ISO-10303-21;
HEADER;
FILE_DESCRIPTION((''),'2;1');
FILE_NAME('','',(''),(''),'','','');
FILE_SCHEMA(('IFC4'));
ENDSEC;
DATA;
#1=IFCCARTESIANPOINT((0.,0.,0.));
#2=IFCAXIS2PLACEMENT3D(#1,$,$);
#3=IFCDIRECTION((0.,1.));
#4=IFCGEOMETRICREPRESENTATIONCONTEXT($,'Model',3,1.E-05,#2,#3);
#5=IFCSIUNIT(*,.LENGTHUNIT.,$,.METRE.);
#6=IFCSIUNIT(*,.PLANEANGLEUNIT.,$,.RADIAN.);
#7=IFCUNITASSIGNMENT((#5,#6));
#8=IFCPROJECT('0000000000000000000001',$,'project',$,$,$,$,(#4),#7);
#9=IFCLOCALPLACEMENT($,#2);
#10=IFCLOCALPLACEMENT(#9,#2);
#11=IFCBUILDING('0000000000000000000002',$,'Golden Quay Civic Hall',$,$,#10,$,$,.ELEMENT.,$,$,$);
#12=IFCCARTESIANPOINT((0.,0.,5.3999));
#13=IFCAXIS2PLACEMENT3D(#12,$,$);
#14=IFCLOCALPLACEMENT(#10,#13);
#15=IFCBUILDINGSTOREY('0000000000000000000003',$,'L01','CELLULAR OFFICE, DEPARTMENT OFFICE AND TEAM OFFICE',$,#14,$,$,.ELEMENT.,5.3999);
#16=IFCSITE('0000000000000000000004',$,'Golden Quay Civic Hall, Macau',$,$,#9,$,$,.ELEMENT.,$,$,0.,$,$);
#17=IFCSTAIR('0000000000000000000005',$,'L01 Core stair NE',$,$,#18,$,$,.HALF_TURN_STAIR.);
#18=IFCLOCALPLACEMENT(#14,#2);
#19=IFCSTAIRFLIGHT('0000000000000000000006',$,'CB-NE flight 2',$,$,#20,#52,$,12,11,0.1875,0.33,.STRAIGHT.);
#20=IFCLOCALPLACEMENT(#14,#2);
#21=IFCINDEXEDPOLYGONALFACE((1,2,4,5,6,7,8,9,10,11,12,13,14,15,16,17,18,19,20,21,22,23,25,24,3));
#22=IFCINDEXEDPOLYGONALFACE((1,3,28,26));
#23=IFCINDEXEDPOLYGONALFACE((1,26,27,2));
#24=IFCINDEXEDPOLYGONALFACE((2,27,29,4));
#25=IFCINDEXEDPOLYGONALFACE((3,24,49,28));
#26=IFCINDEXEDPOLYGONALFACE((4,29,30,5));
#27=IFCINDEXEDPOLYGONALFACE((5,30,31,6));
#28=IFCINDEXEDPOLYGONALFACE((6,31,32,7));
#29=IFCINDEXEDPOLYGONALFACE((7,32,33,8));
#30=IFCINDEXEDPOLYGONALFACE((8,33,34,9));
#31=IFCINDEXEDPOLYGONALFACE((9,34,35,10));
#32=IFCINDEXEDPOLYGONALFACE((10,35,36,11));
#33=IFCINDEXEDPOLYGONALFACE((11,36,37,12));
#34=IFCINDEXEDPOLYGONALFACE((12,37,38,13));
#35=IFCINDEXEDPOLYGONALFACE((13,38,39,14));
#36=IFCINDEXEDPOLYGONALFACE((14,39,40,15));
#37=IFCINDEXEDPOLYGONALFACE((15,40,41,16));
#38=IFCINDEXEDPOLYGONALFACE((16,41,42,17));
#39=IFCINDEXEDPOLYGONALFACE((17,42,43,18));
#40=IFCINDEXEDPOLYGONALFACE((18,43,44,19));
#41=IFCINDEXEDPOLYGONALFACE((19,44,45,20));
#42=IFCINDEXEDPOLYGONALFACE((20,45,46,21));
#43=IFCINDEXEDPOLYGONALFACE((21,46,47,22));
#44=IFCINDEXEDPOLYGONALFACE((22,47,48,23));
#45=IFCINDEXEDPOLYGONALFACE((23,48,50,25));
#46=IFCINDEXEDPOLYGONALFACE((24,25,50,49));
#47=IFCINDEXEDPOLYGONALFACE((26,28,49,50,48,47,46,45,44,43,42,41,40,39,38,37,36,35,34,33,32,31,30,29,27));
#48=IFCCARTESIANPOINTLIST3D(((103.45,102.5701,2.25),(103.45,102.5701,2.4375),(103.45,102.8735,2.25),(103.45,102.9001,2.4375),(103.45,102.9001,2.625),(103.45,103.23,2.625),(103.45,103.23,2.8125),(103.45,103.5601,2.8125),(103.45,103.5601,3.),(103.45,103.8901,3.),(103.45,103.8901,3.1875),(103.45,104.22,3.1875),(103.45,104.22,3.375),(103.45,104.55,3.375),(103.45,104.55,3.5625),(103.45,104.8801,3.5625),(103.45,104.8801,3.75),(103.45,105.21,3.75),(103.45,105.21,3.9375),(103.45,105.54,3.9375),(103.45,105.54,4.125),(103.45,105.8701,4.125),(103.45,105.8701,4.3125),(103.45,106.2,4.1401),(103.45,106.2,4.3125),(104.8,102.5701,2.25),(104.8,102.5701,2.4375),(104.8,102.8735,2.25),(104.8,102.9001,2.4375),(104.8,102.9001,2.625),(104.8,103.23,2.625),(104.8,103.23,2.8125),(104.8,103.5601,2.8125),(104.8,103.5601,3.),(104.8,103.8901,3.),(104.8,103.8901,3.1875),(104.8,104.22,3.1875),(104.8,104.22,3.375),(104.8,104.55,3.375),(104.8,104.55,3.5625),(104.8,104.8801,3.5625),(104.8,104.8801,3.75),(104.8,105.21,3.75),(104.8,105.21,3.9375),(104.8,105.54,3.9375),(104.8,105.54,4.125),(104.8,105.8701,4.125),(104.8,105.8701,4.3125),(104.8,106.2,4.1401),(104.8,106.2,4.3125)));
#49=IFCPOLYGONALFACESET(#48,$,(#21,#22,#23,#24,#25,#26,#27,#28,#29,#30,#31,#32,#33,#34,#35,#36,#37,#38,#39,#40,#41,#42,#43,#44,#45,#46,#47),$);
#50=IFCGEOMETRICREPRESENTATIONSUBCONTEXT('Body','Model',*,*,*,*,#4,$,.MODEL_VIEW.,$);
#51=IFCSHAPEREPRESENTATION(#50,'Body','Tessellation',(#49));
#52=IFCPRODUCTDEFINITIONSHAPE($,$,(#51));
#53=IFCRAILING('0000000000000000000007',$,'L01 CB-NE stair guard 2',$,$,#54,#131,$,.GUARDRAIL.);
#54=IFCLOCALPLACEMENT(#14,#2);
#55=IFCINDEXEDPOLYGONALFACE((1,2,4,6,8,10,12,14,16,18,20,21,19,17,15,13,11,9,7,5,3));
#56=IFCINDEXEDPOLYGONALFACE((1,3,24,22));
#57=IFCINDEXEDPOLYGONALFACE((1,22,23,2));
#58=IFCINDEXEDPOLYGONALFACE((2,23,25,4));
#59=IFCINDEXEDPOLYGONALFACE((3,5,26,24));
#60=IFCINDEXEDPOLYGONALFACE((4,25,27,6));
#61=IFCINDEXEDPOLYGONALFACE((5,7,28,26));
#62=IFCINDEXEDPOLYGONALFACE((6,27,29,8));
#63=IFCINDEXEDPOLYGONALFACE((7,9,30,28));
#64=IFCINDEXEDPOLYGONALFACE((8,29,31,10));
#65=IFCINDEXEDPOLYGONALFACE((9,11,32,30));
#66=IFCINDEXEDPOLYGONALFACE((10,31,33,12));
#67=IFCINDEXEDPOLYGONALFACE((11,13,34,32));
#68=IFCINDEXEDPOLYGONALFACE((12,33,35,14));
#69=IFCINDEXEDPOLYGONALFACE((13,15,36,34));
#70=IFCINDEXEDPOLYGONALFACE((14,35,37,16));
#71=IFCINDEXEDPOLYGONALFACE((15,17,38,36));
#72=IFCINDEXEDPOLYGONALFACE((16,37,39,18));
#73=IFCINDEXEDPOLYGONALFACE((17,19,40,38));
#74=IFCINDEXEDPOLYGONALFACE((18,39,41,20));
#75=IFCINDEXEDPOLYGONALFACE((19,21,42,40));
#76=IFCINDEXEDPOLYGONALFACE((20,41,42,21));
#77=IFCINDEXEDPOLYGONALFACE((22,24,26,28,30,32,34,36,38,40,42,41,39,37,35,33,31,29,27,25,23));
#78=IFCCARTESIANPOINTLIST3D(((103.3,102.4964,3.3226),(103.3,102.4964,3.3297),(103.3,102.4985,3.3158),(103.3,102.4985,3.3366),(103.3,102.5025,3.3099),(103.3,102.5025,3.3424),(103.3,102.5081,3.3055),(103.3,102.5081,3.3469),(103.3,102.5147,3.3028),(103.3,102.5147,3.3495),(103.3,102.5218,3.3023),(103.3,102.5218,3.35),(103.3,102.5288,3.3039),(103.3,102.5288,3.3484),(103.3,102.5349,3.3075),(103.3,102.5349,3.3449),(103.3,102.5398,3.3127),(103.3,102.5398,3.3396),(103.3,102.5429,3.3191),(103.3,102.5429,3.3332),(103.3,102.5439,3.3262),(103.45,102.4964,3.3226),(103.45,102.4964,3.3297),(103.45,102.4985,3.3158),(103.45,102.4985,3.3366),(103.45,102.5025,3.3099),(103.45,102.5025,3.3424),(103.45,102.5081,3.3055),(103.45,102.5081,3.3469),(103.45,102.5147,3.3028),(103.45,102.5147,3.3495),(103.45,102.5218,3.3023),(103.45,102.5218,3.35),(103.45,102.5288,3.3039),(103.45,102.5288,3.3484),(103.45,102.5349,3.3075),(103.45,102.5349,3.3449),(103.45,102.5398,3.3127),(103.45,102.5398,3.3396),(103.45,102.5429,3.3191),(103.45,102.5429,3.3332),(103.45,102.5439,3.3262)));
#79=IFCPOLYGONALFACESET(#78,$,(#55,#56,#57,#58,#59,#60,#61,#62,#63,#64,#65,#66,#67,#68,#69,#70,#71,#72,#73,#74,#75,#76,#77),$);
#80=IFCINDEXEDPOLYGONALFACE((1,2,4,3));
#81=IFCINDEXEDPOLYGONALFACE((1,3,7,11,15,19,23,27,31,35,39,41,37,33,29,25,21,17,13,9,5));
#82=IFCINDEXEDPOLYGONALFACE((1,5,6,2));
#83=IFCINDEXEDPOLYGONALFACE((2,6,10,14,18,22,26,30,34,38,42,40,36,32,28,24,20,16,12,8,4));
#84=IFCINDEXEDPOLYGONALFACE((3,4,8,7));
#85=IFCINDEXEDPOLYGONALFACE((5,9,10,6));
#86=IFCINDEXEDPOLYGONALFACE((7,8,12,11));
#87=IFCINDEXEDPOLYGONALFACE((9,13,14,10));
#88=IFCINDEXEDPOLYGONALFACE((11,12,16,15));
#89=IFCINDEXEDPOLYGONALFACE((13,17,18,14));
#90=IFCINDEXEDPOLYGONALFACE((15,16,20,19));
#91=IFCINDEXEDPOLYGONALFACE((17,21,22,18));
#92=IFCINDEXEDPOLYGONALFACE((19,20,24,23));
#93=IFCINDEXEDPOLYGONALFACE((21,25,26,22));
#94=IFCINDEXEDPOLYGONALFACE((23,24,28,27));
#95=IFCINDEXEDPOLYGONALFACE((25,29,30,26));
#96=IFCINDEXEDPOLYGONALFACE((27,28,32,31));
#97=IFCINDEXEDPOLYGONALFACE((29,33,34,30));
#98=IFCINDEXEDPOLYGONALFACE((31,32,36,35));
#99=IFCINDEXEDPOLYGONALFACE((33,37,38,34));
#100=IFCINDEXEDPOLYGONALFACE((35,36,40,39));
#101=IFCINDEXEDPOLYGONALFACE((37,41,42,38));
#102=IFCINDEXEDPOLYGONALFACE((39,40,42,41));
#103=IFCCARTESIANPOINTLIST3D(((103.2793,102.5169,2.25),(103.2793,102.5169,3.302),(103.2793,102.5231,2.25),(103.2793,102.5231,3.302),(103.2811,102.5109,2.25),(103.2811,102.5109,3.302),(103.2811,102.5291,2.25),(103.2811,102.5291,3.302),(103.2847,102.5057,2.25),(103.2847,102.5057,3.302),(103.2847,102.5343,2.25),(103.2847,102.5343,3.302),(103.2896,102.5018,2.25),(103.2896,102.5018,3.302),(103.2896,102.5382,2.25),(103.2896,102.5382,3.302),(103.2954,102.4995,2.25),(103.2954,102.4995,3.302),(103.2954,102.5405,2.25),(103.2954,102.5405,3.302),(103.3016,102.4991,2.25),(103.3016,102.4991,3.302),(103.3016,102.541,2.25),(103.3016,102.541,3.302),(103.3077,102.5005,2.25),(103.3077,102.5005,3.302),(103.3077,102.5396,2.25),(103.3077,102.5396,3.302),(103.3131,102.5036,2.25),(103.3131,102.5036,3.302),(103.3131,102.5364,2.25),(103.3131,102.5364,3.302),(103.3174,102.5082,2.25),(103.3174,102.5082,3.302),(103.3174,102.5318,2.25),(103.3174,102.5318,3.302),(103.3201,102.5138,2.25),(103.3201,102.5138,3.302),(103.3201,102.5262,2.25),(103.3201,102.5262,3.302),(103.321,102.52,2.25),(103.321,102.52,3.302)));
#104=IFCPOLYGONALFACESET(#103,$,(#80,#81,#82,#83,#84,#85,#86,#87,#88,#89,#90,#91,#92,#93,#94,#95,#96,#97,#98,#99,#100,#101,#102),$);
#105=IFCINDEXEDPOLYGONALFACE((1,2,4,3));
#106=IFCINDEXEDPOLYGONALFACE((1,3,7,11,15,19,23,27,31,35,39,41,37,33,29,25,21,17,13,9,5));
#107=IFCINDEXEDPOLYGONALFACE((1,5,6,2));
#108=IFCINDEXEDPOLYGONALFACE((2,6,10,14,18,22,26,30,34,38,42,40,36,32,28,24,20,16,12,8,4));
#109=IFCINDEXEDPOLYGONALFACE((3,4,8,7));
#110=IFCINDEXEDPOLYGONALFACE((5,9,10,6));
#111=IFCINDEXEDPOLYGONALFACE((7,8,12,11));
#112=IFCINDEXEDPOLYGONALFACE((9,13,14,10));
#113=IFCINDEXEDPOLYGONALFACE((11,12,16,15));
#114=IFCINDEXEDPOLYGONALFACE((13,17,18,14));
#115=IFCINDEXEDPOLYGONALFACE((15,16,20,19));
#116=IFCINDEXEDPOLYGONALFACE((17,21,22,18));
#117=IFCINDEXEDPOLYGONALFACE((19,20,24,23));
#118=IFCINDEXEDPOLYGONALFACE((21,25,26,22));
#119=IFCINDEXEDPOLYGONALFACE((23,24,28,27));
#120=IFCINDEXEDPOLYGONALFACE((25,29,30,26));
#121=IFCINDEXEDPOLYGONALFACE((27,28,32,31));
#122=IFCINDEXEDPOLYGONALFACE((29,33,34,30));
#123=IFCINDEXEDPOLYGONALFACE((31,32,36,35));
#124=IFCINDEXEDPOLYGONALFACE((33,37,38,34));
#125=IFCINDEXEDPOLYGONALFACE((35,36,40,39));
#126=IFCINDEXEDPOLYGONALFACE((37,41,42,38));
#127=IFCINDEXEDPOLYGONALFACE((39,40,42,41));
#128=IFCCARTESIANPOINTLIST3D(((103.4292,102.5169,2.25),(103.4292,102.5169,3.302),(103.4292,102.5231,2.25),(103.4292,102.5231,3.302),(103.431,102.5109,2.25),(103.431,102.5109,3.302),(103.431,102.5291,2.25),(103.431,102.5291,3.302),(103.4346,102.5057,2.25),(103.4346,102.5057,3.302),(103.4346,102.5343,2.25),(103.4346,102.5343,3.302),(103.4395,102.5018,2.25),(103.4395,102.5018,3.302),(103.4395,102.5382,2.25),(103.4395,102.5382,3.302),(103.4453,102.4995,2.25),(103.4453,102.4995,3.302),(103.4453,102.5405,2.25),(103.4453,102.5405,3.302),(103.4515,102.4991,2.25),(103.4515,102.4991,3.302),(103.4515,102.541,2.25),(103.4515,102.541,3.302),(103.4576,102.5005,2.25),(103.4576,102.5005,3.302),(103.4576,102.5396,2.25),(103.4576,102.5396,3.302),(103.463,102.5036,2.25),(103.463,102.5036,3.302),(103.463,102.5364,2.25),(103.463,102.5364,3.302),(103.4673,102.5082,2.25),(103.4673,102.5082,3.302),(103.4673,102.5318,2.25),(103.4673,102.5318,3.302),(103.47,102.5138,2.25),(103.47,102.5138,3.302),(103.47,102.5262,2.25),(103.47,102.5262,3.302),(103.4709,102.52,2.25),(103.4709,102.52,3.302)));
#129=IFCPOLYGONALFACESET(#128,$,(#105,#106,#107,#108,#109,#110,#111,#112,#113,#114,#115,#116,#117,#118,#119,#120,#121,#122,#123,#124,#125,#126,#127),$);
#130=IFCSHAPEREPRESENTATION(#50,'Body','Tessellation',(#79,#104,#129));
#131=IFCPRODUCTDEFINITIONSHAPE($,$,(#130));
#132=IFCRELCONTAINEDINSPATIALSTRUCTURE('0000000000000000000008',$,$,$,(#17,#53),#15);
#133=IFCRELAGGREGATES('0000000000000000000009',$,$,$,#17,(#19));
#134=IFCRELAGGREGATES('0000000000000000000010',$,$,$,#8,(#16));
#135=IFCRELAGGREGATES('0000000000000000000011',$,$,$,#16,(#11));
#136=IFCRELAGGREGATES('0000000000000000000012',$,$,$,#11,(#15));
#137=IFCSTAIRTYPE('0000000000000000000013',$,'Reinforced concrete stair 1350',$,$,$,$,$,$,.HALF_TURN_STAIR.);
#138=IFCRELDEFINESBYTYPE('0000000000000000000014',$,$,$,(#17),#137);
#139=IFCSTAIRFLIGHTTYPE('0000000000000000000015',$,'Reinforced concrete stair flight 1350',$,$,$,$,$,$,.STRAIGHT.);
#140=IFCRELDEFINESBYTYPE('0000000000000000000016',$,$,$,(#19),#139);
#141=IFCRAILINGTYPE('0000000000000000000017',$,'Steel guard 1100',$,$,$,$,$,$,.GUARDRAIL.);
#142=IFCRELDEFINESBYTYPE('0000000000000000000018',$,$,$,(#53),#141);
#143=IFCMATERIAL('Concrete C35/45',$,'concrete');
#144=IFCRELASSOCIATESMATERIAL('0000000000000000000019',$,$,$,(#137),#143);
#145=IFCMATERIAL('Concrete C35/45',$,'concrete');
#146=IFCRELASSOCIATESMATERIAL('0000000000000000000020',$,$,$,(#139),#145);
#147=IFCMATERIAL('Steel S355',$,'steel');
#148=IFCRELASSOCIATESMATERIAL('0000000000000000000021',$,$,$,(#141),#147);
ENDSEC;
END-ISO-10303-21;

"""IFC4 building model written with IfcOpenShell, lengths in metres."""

from ifc_helpers import new_model, si_unit, direction, frame, origin, origin_2d, place, context, subcontext, project, spatial, polyline, circle, outline, extrude, material, type_object, element, aggregate, save


model = new_model("IFC4")

# Units and contexts
model_context = context("Model", 3, precision=1e-05, world=origin(), true_north=direction((0.0, 1.0)))
body_context = subcontext(model_context, "Body", "Model", "MODEL_VIEW")
ifc_project = project(units=[si_unit("LENGTHUNIT", "METRE"), si_unit("PLANEANGLEUNIT", "RADIAN")], contexts=[model_context])

# Site, building, storey
site_placement = place(None, origin())
site = spatial("IfcSite", under=ifc_project, at=site_placement, Name="Golden Quay Civic Hall, Macau", CompositionType="ELEMENT", RefElevation=0.0)
building_placement = place(site_placement, origin())
building = spatial("IfcBuilding", under=site, at=building_placement, Name="Golden Quay Civic Hall", CompositionType="ELEMENT")
storey_placement = place(building_placement, frame((0.0, 0.0, 5.3999)))
storey = spatial("IfcBuildingStorey", under=building, at=storey_placement, Name="L01", Description="CELLULAR OFFICE, DEPARTMENT OFFICE AND TEAM OFFICE", CompositionType="ELEMENT", Elevation=5.3999)

# Stair, stair flight
ifc_material_1 = material(Name="Concrete C35/45", Category="concrete")
stair_type = type_object("IfcStairType", Name="Reinforced concrete stair 1350", PredefinedType="HALF_TURN_STAIR", material=ifc_material_1)
stair_placement = place(storey_placement, origin())
stair = element("IfcStair", 1, at=stair_placement, inside=storey, type_object=stair_type, Name="L01 Core stair NE", PredefinedType="HALF_TURN_STAIR")
ifc_material_2 = material(Name="Concrete C35/45", Category="concrete")
stair_flight_type = type_object("IfcStairFlightType", Name="Reinforced concrete stair flight 1350", PredefinedType="STRAIGHT", material=ifc_material_2)
stair_flight_placement = place(storey_placement, frame((104.125, 102.5701, 2.25), z_axis=(0.0, 0.0, 1.0), x_axis=(0.0, 1.0, 0.0)))
stair_flight = element("IfcStairFlight", 2, at=stair_flight_placement, type_object=stair_flight_type, Name="CB-NE flight 2", NumberOfRisers=12, NumberOfTreads=11, PredefinedType="STRAIGHT", RiserHeight=0.1875, TreadLength=0.33, context=body_context, shape_type="SweptSolid", body=[
    extrude(outline(polyline([(0.0, 0.0), (0.0, 0.1875), (0.3301, 0.1875), (0.3301, 0.375), (0.6599, 0.375), (0.6599, 0.5625), (0.99, 0.5625), (0.99, 0.75), (1.3201, 0.75), (1.3201, 0.9375), (1.6499, 0.9375), (1.6499, 1.125), (1.98, 1.125), (1.98, 1.3125), (2.3101, 1.3125), (2.3101, 1.5), (2.6399, 1.5), (2.6399, 1.6875), (2.97, 1.6875), (2.97, 1.875), (3.3, 1.875), (3.3, 2.0625), (3.6299, 2.0625), (3.6299, 2.25), (3.6299, 1.8901), (0.3035, 0.0), (0.0, 0.0)])), frame((0.0, 0.675, 0.0), z_axis=(0.0, -1.0, 0.0), x_axis=(1.0, 0.0, 0.0)), (0.0, 0.0, 1.0), 1.35),
])
aggregate(stair, [stair_flight])

# Railing
ifc_material_3 = material(Name="Steel S355", Category="steel")
railing_type_1 = type_object("IfcRailingType", Name="Steel guard 1100", PredefinedType="GUARDRAIL", material=ifc_material_3)
railing_1_placement = place(storey_placement, frame((103.3, 102.52, 2.25)))
element("IfcRailing", 3, at=railing_1_placement, inside=storey, type_object=railing_type_1, Name="L01 CB-NE stair guard 2", PredefinedType="GUARDRAIL", context=body_context, shape_type="SweptSolid", body=[
    extrude(circle(Radius=0.0239, at=origin_2d()), frame((0.0, 0.0, 1.0762), z_axis=(1.0, 0.0, 0.0), x_axis=(0.0, 1.0, 0.0)), (0.0, 0.0, 1.0), 0.1499),
    extrude(circle(Radius=0.021, at=origin_2d()), origin(), (0.0, 0.0, 1.0), 1.052),
    extrude(circle(Radius=0.021, at=origin_2d()), frame((0.1499, 0.0, 0.0)), (0.0, 0.0, 1.0), 1.052),
])

save(model, "model.ifc")
